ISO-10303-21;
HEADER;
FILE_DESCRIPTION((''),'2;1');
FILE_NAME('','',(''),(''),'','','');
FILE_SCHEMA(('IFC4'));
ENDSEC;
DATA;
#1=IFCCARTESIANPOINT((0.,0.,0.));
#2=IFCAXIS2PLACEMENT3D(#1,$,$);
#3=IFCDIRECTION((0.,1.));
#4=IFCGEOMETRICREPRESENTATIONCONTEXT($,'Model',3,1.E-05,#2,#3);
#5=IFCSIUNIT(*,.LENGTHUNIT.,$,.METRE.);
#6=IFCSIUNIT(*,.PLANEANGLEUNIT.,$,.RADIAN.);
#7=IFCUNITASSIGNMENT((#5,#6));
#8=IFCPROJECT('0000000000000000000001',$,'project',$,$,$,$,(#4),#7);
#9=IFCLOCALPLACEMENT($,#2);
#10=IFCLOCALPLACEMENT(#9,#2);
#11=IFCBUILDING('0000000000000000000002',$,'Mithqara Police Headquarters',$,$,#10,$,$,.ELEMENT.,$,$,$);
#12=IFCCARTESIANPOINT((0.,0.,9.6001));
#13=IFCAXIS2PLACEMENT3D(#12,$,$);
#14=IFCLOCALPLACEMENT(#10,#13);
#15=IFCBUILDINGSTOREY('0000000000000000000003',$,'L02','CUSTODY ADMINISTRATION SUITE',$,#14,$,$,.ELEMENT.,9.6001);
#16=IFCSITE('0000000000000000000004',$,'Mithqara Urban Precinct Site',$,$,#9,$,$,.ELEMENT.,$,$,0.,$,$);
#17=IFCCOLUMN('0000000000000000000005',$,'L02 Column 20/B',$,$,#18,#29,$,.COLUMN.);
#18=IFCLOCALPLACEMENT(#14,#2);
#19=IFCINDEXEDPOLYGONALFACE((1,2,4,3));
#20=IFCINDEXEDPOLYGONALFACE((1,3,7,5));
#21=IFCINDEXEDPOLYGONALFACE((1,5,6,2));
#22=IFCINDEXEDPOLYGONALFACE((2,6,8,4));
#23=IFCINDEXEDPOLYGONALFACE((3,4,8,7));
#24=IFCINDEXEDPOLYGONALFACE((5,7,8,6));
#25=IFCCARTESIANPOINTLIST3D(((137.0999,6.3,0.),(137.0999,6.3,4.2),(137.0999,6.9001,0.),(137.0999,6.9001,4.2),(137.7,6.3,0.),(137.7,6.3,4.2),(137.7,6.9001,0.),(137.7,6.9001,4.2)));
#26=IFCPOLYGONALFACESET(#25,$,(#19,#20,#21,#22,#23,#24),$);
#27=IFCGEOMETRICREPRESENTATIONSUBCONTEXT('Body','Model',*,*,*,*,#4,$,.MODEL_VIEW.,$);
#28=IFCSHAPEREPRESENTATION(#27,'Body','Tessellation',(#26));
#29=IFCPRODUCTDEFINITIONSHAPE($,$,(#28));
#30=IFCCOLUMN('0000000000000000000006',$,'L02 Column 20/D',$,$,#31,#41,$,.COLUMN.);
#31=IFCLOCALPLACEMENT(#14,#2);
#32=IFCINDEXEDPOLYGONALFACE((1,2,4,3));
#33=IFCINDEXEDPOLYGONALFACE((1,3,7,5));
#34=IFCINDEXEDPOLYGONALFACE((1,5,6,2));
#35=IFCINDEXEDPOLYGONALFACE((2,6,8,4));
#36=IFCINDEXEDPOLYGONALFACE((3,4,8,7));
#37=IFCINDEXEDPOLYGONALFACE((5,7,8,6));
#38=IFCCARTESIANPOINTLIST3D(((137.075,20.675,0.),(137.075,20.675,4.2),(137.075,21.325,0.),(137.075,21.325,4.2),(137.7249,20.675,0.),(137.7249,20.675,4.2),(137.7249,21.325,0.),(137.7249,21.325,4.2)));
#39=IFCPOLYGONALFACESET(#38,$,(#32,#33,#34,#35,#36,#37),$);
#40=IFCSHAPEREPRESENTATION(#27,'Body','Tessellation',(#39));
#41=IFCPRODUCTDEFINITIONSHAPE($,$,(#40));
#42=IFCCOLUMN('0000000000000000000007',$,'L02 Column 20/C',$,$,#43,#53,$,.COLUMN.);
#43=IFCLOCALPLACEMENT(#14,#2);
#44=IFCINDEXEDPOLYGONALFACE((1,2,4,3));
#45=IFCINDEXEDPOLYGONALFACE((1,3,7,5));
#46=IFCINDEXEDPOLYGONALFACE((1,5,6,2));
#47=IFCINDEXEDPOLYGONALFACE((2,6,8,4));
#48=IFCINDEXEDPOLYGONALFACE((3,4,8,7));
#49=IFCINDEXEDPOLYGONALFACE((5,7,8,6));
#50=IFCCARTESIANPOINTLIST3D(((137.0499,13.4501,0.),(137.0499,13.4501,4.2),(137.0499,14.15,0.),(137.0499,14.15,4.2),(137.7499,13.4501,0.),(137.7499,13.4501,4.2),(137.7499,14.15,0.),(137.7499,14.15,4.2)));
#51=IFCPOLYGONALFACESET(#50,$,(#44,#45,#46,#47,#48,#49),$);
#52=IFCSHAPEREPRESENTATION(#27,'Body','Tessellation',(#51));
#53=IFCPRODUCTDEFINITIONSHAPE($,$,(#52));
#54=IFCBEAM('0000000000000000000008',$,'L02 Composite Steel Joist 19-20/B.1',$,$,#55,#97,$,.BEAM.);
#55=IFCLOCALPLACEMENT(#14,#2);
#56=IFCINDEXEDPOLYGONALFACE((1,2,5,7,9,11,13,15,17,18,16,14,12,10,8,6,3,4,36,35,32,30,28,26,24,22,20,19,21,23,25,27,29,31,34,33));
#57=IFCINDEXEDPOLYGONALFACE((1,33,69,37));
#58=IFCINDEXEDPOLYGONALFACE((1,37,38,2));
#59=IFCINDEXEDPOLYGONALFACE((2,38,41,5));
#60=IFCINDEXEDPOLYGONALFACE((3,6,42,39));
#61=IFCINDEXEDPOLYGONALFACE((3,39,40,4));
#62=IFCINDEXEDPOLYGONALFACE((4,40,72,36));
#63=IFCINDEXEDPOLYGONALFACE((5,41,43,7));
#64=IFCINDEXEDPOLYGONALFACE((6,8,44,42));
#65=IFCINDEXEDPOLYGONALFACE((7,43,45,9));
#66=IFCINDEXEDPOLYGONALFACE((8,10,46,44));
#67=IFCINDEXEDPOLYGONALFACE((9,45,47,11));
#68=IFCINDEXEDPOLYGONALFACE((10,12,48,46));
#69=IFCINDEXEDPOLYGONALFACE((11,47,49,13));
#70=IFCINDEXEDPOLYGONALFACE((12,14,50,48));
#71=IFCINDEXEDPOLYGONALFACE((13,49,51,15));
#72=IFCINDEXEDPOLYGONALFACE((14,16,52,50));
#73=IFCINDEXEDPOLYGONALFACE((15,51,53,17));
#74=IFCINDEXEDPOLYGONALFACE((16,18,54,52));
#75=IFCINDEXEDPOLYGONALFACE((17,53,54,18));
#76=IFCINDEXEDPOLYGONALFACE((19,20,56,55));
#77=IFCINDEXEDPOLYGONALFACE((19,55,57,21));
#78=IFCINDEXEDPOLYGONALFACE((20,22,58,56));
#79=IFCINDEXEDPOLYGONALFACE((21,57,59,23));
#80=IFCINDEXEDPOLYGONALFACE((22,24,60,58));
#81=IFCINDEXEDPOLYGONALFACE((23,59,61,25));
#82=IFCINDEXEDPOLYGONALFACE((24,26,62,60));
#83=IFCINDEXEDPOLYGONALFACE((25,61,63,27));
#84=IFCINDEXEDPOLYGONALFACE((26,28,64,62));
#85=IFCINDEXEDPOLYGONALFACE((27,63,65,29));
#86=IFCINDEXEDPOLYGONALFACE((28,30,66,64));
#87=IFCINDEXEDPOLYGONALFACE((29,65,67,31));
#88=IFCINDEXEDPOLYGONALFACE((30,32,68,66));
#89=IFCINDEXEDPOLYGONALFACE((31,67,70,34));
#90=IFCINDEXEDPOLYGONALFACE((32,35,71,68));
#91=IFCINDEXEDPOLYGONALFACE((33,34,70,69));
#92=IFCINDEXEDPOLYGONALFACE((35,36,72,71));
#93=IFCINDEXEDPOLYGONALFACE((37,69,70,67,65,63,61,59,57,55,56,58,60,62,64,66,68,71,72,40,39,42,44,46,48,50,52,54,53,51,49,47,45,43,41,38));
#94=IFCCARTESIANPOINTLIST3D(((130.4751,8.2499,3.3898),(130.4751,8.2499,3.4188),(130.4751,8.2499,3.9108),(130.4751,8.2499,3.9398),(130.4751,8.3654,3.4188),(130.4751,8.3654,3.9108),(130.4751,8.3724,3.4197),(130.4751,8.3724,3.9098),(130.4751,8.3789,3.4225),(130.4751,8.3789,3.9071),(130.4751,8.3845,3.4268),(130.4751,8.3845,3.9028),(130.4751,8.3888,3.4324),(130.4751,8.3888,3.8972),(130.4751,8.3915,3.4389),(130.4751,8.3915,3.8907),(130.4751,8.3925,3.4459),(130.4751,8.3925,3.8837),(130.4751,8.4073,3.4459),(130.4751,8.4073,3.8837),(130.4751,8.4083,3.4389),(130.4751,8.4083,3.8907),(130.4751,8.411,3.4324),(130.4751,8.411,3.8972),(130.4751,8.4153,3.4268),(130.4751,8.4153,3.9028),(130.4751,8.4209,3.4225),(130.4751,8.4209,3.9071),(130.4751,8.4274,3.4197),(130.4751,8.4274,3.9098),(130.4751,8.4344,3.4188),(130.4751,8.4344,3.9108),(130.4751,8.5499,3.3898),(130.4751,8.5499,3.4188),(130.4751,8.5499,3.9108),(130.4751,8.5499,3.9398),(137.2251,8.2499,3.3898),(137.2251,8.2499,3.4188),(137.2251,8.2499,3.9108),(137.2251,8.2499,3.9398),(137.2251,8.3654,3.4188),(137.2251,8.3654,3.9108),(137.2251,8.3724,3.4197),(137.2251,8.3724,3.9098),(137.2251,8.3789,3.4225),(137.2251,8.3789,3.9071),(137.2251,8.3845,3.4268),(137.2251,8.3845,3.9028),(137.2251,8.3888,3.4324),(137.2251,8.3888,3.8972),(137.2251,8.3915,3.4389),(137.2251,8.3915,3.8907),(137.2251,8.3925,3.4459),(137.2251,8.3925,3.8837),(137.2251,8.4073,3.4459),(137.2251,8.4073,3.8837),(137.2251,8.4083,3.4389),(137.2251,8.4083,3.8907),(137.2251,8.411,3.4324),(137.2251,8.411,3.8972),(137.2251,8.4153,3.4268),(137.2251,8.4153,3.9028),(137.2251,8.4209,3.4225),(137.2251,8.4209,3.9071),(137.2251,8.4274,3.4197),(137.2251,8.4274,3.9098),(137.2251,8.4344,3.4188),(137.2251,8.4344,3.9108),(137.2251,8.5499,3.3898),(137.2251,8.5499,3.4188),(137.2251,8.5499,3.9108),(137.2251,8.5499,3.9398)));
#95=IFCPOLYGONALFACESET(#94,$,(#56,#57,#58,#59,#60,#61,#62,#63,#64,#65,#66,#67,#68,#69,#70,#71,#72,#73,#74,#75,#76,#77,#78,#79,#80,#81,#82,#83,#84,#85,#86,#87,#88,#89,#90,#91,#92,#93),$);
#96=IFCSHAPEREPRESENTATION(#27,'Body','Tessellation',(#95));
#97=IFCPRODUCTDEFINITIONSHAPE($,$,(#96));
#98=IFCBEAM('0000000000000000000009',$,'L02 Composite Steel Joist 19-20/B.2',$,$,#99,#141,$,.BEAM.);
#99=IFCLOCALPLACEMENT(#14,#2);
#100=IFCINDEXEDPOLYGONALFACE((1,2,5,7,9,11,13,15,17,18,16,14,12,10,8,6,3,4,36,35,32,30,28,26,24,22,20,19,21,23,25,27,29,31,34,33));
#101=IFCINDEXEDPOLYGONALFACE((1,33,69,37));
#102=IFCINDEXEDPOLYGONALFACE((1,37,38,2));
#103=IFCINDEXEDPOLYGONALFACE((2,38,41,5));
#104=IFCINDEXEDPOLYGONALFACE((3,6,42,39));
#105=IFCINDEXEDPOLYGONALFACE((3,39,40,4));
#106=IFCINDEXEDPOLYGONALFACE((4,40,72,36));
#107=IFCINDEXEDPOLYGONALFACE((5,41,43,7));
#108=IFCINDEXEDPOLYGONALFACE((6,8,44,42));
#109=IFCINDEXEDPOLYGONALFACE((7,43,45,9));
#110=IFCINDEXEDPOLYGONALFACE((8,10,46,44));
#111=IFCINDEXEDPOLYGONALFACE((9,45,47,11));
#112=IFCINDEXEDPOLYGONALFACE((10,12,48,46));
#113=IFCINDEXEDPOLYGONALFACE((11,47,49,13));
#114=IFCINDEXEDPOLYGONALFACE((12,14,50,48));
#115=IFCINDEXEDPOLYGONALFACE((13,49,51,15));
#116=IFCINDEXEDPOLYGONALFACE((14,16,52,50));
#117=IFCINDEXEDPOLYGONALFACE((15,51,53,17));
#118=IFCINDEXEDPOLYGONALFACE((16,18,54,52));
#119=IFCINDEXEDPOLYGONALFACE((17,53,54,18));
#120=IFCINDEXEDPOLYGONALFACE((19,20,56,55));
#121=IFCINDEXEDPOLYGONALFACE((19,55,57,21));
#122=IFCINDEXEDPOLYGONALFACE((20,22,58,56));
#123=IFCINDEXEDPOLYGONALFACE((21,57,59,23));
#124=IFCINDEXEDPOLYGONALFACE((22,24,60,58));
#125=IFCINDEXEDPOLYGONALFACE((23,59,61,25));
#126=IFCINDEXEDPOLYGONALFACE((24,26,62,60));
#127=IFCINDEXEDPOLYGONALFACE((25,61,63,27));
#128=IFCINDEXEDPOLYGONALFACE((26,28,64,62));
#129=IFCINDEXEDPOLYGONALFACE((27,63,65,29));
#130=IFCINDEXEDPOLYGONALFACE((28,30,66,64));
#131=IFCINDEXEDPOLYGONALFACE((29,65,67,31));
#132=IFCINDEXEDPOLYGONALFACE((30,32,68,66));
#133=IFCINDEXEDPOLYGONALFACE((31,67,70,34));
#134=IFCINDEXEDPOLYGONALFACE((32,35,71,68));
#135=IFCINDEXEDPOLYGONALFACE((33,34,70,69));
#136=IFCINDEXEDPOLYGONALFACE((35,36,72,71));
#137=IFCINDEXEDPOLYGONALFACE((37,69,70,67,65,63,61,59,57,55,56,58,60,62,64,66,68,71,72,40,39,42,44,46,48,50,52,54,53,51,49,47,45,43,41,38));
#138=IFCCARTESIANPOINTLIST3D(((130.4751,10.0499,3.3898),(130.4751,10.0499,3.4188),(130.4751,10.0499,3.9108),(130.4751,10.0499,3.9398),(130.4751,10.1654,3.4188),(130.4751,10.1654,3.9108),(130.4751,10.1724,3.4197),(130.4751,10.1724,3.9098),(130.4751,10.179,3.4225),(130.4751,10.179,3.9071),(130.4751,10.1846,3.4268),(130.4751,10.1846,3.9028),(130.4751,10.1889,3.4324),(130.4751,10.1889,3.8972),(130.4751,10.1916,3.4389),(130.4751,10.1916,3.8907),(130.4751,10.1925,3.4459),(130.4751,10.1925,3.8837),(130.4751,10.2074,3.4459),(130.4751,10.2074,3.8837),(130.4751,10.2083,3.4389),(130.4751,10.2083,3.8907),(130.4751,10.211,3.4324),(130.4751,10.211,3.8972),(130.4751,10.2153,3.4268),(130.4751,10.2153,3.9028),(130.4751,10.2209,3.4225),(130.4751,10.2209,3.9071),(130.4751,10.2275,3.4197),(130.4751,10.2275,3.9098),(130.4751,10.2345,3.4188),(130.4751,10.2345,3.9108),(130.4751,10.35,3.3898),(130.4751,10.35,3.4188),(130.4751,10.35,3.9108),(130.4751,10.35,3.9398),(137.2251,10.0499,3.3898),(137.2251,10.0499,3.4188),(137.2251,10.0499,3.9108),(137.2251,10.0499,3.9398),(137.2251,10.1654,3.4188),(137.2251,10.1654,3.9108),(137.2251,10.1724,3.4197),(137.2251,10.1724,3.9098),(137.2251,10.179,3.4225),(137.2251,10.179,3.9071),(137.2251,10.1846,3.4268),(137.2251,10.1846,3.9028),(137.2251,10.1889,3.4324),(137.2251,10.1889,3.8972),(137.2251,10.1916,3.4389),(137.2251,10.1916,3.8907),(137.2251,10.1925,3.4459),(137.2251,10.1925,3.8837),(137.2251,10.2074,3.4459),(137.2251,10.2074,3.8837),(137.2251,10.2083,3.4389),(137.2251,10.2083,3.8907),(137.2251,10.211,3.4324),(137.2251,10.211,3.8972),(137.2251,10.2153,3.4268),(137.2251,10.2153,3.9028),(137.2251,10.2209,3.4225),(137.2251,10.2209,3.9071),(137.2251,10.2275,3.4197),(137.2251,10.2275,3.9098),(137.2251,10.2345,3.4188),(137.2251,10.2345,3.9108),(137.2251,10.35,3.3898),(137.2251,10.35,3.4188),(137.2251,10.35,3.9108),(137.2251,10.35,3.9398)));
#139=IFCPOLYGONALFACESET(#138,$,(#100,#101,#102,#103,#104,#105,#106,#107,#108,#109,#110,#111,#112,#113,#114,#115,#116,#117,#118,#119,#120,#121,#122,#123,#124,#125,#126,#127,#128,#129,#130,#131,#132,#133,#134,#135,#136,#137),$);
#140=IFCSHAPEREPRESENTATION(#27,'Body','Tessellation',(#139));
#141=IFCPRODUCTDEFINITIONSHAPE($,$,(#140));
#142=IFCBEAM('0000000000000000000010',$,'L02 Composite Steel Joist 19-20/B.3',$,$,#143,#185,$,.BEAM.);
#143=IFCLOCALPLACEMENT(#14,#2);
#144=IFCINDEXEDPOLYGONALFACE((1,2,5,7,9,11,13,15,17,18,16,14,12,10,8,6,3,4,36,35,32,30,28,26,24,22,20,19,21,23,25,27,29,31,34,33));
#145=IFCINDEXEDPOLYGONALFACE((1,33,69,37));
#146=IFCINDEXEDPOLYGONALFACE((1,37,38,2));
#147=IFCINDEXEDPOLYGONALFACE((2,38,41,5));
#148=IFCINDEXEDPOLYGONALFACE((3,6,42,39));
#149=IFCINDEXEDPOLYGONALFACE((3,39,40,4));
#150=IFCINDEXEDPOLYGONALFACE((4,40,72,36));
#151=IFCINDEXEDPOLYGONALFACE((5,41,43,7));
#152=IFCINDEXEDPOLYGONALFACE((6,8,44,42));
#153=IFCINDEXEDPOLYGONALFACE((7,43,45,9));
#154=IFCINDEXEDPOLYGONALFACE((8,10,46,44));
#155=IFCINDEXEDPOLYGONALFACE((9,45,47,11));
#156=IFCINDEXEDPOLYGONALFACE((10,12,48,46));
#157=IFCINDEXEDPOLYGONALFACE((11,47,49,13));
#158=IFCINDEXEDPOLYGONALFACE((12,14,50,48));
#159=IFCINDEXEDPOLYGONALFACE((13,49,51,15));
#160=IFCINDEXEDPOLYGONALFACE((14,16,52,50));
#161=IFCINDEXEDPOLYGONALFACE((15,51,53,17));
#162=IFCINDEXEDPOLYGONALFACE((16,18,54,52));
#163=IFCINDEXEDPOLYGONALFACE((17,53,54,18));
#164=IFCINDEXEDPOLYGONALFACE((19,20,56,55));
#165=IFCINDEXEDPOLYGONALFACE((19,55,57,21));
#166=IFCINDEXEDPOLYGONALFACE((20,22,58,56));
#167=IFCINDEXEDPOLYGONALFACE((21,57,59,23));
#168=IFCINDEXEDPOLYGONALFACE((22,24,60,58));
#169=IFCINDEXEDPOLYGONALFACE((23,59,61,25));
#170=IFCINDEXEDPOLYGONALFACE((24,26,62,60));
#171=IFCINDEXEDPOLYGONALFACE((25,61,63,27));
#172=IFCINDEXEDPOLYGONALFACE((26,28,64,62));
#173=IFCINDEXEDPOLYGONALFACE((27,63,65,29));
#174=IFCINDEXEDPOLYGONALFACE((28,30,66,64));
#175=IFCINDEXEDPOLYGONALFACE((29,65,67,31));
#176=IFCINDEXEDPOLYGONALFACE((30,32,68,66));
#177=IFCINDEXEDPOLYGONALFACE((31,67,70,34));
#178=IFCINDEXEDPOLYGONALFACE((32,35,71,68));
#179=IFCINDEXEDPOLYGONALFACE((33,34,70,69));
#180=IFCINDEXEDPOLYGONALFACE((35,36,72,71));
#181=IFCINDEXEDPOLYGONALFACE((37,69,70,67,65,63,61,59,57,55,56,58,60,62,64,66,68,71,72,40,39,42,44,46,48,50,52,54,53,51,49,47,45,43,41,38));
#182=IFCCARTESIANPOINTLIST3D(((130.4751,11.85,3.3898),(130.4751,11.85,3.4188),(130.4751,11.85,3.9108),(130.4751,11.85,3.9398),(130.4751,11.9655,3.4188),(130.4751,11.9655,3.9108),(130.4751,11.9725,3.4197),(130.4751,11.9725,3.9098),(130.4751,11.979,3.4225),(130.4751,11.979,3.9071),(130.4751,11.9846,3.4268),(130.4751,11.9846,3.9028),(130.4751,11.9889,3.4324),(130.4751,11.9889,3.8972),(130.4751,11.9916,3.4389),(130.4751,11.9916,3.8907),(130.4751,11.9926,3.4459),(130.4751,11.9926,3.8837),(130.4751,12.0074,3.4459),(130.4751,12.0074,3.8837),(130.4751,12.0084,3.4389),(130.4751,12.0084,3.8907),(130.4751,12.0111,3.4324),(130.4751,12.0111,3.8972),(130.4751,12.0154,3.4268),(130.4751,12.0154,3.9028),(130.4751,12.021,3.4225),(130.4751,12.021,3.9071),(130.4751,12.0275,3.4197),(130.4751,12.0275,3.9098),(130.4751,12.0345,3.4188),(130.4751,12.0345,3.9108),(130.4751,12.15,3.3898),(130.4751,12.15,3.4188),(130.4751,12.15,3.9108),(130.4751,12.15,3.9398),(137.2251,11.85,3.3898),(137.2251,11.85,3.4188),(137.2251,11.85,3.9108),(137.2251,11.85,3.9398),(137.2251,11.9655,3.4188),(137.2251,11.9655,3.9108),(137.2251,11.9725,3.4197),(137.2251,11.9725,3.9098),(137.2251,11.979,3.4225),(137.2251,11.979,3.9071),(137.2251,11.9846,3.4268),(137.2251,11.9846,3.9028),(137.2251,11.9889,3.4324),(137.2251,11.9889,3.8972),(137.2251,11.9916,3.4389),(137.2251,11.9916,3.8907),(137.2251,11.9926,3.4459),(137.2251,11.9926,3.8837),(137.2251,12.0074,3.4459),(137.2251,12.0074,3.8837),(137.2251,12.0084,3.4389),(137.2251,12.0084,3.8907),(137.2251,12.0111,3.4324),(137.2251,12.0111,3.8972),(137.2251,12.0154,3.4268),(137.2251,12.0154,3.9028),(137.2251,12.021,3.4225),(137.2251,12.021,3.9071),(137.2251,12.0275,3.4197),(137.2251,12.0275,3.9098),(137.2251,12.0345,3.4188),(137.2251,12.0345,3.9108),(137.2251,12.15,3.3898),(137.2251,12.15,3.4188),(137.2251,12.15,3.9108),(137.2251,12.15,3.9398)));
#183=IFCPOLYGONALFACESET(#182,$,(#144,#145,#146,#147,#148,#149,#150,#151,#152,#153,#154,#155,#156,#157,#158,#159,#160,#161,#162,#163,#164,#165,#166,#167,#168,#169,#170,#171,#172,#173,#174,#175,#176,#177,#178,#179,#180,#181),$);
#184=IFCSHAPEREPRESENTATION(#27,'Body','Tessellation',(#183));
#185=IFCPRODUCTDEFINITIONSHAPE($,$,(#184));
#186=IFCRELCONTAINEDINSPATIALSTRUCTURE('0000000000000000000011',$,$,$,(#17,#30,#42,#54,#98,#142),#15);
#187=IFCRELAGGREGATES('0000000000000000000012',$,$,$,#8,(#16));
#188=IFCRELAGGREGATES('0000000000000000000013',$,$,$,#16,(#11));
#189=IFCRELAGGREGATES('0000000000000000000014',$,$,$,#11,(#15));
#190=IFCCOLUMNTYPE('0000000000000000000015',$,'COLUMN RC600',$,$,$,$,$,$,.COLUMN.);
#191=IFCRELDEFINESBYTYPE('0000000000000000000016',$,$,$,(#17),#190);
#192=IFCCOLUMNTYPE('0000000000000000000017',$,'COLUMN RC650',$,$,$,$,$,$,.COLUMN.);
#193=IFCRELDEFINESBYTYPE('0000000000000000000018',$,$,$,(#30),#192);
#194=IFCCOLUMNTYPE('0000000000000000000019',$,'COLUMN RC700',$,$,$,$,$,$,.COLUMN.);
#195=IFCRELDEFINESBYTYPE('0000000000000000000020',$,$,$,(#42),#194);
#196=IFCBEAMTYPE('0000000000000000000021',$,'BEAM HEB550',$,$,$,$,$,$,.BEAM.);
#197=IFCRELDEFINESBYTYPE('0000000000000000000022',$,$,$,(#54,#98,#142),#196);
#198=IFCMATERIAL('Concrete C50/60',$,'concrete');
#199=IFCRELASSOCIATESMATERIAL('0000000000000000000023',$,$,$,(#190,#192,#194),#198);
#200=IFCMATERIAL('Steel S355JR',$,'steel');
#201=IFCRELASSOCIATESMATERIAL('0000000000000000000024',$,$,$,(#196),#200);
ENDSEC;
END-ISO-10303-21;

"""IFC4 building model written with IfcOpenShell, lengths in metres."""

from ifc_helpers import new_model, si_unit, direction, frame, origin, origin_2d, place, context, subcontext, project, spatial, rectangle, i_section, extrude, material, material_profile, profile_set, type_object, element, save


model = new_model("IFC4")

# Units and contexts
model_context = context("Model", 3, precision=1e-05, world=origin(), true_north=direction((0.0, 1.0)))
body_context = subcontext(model_context, "Body", "Model", "MODEL_VIEW")
ifc_project = project(units=[si_unit("LENGTHUNIT", "METRE"), si_unit("PLANEANGLEUNIT", "RADIAN")], contexts=[model_context])

# Site, building, storey
site_placement = place(None, origin())
site = spatial("IfcSite", under=ifc_project, at=site_placement, Name="Mithqara Urban Precinct Site", CompositionType="ELEMENT", RefElevation=0.0)
building_placement = place(site_placement, origin())
building = spatial("IfcBuilding", under=site, at=building_placement, Name="Mithqara Police Headquarters", CompositionType="ELEMENT")
storey_placement = place(building_placement, frame((0.0, 0.0, 9.6001)))
storey = spatial("IfcBuildingStorey", under=building, at=storey_placement, Name="L02", Description="CUSTODY ADMINISTRATION SUITE", CompositionType="ELEMENT", Elevation=9.6001)

# Columns
ifc_material_1 = material(Name="Concrete C50/60", Category="concrete")
ifc_material_profile_1 = material_profile(ifc_material_1, rectangle(XDim=0.6001, YDim=0.6001, at=origin_2d()), Name="RC 600x600")
ifc_profile_set_1 = profile_set([ifc_material_profile_1], Name="Concrete C50/60")
column_type_1 = type_object("IfcColumnType", Name="COLUMN RC600", PredefinedType="COLUMN", material=ifc_profile_set_1)
column_1_placement = place(storey_placement, frame((137.3999, 6.6001, 0.0), z_axis=(0.0, 0.0, 1.0), x_axis=(1.0, 0.0, 0.0)))
element("IfcColumn", 1, at=column_1_placement, inside=storey, type_object=column_type_1, Name="L02 Column 20/B", PredefinedType="COLUMN", context=body_context, shape_type="SweptSolid", body=[
    extrude(rectangle(XDim=0.6001, YDim=0.6001, at=origin_2d()), origin(), (0.0, 0.0, 1.0), 4.2),
])
ifc_material_profile_2 = material_profile(ifc_material_1, rectangle(XDim=0.6499, YDim=0.6499, at=origin_2d()), Name="RC 650x650")
ifc_profile_set_2 = profile_set([ifc_material_profile_2], Name="Concrete C50/60")
column_type_2 = type_object("IfcColumnType", Name="COLUMN RC650", PredefinedType="COLUMN", material=ifc_profile_set_2)
column_2_placement = place(storey_placement, frame((137.3999, 21.0, 0.0), z_axis=(0.0, 0.0, 1.0), x_axis=(1.0, 0.0, 0.0)))
element("IfcColumn", 2, at=column_2_placement, inside=storey, type_object=column_type_2, Name="L02 Column 20/D", PredefinedType="COLUMN", context=body_context, shape_type="SweptSolid", body=[
    extrude(rectangle(XDim=0.6499, YDim=0.6499, at=origin_2d()), origin(), (0.0, 0.0, 1.0), 4.2),
])
ifc_material_profile_3 = material_profile(ifc_material_1, rectangle(XDim=0.7, YDim=0.7, at=origin_2d()), Name="RC 700x700")
ifc_profile_set_3 = profile_set([ifc_material_profile_3], Name="Concrete C50/60")
column_type_3 = type_object("IfcColumnType", Name="COLUMN RC700", PredefinedType="COLUMN", material=ifc_profile_set_3)
column_3_placement = place(storey_placement, frame((137.3999, 13.8, 0.0), z_axis=(0.0, 0.0, 1.0), x_axis=(1.0, 0.0, 0.0)))
element("IfcColumn", 3, at=column_3_placement, inside=storey, type_object=column_type_3, Name="L02 Column 20/C", PredefinedType="COLUMN", context=body_context, shape_type="SweptSolid", body=[
    extrude(rectangle(XDim=0.7, YDim=0.7, at=origin_2d()), origin(), (0.0, 0.0, 1.0), 4.2),
])

# Beams
ifc_material_2 = material(Name="Steel S355JR", Category="steel")
ifc_material_profile_4 = material_profile(ifc_material_2, i_section(OverallWidth=0.3, OverallDepth=0.55, WebThickness=0.0149, FlangeThickness=0.0291, FilletRadius=0.0271, at=origin_2d()), Name="HEB 550")
ifc_profile_set_4 = profile_set([ifc_material_profile_4], Name="Steel S355JR")
beam_type_1 = type_object("IfcBeamType", Name="BEAM HEB550", PredefinedType="BEAM", material=ifc_profile_set_4)
for number, where, z_axis, x_axis, name in (
    (4, (130.4751, 8.3999, 3.6648), (1.0, 0.0, 0.0), (0.0, 1.0, 0.0), "L02 Composite Steel Joist 19-20/B.1"),
    (5, (130.4751, 10.2, 3.6648), (1.0, 0.0, 0.0), (0.0, 1.0, 0.0), "L02 Composite Steel Joist 19-20/B.2"),
    (6, (130.4751, 12.0, 3.6648), (1.0, 0.0, 0.0), (0.0, 1.0, 0.0), "L02 Composite Steel Joist 19-20/B.3"),
):
    element("IfcBeam", number, at=place(storey_placement, frame(where, z_axis=z_axis, x_axis=x_axis)), inside=storey, type_object=beam_type_1, Name=name, PredefinedType="BEAM", context=body_context, shape_type="SweptSolid", body=[
        extrude(i_section(OverallWidth=0.3, OverallDepth=0.55, WebThickness=0.0149, FlangeThickness=0.0291, FilletRadius=0.0271, at=origin_2d()), origin(), (0.0, 0.0, 1.0), 6.75),
    ])

save(model, "model.ifc")
